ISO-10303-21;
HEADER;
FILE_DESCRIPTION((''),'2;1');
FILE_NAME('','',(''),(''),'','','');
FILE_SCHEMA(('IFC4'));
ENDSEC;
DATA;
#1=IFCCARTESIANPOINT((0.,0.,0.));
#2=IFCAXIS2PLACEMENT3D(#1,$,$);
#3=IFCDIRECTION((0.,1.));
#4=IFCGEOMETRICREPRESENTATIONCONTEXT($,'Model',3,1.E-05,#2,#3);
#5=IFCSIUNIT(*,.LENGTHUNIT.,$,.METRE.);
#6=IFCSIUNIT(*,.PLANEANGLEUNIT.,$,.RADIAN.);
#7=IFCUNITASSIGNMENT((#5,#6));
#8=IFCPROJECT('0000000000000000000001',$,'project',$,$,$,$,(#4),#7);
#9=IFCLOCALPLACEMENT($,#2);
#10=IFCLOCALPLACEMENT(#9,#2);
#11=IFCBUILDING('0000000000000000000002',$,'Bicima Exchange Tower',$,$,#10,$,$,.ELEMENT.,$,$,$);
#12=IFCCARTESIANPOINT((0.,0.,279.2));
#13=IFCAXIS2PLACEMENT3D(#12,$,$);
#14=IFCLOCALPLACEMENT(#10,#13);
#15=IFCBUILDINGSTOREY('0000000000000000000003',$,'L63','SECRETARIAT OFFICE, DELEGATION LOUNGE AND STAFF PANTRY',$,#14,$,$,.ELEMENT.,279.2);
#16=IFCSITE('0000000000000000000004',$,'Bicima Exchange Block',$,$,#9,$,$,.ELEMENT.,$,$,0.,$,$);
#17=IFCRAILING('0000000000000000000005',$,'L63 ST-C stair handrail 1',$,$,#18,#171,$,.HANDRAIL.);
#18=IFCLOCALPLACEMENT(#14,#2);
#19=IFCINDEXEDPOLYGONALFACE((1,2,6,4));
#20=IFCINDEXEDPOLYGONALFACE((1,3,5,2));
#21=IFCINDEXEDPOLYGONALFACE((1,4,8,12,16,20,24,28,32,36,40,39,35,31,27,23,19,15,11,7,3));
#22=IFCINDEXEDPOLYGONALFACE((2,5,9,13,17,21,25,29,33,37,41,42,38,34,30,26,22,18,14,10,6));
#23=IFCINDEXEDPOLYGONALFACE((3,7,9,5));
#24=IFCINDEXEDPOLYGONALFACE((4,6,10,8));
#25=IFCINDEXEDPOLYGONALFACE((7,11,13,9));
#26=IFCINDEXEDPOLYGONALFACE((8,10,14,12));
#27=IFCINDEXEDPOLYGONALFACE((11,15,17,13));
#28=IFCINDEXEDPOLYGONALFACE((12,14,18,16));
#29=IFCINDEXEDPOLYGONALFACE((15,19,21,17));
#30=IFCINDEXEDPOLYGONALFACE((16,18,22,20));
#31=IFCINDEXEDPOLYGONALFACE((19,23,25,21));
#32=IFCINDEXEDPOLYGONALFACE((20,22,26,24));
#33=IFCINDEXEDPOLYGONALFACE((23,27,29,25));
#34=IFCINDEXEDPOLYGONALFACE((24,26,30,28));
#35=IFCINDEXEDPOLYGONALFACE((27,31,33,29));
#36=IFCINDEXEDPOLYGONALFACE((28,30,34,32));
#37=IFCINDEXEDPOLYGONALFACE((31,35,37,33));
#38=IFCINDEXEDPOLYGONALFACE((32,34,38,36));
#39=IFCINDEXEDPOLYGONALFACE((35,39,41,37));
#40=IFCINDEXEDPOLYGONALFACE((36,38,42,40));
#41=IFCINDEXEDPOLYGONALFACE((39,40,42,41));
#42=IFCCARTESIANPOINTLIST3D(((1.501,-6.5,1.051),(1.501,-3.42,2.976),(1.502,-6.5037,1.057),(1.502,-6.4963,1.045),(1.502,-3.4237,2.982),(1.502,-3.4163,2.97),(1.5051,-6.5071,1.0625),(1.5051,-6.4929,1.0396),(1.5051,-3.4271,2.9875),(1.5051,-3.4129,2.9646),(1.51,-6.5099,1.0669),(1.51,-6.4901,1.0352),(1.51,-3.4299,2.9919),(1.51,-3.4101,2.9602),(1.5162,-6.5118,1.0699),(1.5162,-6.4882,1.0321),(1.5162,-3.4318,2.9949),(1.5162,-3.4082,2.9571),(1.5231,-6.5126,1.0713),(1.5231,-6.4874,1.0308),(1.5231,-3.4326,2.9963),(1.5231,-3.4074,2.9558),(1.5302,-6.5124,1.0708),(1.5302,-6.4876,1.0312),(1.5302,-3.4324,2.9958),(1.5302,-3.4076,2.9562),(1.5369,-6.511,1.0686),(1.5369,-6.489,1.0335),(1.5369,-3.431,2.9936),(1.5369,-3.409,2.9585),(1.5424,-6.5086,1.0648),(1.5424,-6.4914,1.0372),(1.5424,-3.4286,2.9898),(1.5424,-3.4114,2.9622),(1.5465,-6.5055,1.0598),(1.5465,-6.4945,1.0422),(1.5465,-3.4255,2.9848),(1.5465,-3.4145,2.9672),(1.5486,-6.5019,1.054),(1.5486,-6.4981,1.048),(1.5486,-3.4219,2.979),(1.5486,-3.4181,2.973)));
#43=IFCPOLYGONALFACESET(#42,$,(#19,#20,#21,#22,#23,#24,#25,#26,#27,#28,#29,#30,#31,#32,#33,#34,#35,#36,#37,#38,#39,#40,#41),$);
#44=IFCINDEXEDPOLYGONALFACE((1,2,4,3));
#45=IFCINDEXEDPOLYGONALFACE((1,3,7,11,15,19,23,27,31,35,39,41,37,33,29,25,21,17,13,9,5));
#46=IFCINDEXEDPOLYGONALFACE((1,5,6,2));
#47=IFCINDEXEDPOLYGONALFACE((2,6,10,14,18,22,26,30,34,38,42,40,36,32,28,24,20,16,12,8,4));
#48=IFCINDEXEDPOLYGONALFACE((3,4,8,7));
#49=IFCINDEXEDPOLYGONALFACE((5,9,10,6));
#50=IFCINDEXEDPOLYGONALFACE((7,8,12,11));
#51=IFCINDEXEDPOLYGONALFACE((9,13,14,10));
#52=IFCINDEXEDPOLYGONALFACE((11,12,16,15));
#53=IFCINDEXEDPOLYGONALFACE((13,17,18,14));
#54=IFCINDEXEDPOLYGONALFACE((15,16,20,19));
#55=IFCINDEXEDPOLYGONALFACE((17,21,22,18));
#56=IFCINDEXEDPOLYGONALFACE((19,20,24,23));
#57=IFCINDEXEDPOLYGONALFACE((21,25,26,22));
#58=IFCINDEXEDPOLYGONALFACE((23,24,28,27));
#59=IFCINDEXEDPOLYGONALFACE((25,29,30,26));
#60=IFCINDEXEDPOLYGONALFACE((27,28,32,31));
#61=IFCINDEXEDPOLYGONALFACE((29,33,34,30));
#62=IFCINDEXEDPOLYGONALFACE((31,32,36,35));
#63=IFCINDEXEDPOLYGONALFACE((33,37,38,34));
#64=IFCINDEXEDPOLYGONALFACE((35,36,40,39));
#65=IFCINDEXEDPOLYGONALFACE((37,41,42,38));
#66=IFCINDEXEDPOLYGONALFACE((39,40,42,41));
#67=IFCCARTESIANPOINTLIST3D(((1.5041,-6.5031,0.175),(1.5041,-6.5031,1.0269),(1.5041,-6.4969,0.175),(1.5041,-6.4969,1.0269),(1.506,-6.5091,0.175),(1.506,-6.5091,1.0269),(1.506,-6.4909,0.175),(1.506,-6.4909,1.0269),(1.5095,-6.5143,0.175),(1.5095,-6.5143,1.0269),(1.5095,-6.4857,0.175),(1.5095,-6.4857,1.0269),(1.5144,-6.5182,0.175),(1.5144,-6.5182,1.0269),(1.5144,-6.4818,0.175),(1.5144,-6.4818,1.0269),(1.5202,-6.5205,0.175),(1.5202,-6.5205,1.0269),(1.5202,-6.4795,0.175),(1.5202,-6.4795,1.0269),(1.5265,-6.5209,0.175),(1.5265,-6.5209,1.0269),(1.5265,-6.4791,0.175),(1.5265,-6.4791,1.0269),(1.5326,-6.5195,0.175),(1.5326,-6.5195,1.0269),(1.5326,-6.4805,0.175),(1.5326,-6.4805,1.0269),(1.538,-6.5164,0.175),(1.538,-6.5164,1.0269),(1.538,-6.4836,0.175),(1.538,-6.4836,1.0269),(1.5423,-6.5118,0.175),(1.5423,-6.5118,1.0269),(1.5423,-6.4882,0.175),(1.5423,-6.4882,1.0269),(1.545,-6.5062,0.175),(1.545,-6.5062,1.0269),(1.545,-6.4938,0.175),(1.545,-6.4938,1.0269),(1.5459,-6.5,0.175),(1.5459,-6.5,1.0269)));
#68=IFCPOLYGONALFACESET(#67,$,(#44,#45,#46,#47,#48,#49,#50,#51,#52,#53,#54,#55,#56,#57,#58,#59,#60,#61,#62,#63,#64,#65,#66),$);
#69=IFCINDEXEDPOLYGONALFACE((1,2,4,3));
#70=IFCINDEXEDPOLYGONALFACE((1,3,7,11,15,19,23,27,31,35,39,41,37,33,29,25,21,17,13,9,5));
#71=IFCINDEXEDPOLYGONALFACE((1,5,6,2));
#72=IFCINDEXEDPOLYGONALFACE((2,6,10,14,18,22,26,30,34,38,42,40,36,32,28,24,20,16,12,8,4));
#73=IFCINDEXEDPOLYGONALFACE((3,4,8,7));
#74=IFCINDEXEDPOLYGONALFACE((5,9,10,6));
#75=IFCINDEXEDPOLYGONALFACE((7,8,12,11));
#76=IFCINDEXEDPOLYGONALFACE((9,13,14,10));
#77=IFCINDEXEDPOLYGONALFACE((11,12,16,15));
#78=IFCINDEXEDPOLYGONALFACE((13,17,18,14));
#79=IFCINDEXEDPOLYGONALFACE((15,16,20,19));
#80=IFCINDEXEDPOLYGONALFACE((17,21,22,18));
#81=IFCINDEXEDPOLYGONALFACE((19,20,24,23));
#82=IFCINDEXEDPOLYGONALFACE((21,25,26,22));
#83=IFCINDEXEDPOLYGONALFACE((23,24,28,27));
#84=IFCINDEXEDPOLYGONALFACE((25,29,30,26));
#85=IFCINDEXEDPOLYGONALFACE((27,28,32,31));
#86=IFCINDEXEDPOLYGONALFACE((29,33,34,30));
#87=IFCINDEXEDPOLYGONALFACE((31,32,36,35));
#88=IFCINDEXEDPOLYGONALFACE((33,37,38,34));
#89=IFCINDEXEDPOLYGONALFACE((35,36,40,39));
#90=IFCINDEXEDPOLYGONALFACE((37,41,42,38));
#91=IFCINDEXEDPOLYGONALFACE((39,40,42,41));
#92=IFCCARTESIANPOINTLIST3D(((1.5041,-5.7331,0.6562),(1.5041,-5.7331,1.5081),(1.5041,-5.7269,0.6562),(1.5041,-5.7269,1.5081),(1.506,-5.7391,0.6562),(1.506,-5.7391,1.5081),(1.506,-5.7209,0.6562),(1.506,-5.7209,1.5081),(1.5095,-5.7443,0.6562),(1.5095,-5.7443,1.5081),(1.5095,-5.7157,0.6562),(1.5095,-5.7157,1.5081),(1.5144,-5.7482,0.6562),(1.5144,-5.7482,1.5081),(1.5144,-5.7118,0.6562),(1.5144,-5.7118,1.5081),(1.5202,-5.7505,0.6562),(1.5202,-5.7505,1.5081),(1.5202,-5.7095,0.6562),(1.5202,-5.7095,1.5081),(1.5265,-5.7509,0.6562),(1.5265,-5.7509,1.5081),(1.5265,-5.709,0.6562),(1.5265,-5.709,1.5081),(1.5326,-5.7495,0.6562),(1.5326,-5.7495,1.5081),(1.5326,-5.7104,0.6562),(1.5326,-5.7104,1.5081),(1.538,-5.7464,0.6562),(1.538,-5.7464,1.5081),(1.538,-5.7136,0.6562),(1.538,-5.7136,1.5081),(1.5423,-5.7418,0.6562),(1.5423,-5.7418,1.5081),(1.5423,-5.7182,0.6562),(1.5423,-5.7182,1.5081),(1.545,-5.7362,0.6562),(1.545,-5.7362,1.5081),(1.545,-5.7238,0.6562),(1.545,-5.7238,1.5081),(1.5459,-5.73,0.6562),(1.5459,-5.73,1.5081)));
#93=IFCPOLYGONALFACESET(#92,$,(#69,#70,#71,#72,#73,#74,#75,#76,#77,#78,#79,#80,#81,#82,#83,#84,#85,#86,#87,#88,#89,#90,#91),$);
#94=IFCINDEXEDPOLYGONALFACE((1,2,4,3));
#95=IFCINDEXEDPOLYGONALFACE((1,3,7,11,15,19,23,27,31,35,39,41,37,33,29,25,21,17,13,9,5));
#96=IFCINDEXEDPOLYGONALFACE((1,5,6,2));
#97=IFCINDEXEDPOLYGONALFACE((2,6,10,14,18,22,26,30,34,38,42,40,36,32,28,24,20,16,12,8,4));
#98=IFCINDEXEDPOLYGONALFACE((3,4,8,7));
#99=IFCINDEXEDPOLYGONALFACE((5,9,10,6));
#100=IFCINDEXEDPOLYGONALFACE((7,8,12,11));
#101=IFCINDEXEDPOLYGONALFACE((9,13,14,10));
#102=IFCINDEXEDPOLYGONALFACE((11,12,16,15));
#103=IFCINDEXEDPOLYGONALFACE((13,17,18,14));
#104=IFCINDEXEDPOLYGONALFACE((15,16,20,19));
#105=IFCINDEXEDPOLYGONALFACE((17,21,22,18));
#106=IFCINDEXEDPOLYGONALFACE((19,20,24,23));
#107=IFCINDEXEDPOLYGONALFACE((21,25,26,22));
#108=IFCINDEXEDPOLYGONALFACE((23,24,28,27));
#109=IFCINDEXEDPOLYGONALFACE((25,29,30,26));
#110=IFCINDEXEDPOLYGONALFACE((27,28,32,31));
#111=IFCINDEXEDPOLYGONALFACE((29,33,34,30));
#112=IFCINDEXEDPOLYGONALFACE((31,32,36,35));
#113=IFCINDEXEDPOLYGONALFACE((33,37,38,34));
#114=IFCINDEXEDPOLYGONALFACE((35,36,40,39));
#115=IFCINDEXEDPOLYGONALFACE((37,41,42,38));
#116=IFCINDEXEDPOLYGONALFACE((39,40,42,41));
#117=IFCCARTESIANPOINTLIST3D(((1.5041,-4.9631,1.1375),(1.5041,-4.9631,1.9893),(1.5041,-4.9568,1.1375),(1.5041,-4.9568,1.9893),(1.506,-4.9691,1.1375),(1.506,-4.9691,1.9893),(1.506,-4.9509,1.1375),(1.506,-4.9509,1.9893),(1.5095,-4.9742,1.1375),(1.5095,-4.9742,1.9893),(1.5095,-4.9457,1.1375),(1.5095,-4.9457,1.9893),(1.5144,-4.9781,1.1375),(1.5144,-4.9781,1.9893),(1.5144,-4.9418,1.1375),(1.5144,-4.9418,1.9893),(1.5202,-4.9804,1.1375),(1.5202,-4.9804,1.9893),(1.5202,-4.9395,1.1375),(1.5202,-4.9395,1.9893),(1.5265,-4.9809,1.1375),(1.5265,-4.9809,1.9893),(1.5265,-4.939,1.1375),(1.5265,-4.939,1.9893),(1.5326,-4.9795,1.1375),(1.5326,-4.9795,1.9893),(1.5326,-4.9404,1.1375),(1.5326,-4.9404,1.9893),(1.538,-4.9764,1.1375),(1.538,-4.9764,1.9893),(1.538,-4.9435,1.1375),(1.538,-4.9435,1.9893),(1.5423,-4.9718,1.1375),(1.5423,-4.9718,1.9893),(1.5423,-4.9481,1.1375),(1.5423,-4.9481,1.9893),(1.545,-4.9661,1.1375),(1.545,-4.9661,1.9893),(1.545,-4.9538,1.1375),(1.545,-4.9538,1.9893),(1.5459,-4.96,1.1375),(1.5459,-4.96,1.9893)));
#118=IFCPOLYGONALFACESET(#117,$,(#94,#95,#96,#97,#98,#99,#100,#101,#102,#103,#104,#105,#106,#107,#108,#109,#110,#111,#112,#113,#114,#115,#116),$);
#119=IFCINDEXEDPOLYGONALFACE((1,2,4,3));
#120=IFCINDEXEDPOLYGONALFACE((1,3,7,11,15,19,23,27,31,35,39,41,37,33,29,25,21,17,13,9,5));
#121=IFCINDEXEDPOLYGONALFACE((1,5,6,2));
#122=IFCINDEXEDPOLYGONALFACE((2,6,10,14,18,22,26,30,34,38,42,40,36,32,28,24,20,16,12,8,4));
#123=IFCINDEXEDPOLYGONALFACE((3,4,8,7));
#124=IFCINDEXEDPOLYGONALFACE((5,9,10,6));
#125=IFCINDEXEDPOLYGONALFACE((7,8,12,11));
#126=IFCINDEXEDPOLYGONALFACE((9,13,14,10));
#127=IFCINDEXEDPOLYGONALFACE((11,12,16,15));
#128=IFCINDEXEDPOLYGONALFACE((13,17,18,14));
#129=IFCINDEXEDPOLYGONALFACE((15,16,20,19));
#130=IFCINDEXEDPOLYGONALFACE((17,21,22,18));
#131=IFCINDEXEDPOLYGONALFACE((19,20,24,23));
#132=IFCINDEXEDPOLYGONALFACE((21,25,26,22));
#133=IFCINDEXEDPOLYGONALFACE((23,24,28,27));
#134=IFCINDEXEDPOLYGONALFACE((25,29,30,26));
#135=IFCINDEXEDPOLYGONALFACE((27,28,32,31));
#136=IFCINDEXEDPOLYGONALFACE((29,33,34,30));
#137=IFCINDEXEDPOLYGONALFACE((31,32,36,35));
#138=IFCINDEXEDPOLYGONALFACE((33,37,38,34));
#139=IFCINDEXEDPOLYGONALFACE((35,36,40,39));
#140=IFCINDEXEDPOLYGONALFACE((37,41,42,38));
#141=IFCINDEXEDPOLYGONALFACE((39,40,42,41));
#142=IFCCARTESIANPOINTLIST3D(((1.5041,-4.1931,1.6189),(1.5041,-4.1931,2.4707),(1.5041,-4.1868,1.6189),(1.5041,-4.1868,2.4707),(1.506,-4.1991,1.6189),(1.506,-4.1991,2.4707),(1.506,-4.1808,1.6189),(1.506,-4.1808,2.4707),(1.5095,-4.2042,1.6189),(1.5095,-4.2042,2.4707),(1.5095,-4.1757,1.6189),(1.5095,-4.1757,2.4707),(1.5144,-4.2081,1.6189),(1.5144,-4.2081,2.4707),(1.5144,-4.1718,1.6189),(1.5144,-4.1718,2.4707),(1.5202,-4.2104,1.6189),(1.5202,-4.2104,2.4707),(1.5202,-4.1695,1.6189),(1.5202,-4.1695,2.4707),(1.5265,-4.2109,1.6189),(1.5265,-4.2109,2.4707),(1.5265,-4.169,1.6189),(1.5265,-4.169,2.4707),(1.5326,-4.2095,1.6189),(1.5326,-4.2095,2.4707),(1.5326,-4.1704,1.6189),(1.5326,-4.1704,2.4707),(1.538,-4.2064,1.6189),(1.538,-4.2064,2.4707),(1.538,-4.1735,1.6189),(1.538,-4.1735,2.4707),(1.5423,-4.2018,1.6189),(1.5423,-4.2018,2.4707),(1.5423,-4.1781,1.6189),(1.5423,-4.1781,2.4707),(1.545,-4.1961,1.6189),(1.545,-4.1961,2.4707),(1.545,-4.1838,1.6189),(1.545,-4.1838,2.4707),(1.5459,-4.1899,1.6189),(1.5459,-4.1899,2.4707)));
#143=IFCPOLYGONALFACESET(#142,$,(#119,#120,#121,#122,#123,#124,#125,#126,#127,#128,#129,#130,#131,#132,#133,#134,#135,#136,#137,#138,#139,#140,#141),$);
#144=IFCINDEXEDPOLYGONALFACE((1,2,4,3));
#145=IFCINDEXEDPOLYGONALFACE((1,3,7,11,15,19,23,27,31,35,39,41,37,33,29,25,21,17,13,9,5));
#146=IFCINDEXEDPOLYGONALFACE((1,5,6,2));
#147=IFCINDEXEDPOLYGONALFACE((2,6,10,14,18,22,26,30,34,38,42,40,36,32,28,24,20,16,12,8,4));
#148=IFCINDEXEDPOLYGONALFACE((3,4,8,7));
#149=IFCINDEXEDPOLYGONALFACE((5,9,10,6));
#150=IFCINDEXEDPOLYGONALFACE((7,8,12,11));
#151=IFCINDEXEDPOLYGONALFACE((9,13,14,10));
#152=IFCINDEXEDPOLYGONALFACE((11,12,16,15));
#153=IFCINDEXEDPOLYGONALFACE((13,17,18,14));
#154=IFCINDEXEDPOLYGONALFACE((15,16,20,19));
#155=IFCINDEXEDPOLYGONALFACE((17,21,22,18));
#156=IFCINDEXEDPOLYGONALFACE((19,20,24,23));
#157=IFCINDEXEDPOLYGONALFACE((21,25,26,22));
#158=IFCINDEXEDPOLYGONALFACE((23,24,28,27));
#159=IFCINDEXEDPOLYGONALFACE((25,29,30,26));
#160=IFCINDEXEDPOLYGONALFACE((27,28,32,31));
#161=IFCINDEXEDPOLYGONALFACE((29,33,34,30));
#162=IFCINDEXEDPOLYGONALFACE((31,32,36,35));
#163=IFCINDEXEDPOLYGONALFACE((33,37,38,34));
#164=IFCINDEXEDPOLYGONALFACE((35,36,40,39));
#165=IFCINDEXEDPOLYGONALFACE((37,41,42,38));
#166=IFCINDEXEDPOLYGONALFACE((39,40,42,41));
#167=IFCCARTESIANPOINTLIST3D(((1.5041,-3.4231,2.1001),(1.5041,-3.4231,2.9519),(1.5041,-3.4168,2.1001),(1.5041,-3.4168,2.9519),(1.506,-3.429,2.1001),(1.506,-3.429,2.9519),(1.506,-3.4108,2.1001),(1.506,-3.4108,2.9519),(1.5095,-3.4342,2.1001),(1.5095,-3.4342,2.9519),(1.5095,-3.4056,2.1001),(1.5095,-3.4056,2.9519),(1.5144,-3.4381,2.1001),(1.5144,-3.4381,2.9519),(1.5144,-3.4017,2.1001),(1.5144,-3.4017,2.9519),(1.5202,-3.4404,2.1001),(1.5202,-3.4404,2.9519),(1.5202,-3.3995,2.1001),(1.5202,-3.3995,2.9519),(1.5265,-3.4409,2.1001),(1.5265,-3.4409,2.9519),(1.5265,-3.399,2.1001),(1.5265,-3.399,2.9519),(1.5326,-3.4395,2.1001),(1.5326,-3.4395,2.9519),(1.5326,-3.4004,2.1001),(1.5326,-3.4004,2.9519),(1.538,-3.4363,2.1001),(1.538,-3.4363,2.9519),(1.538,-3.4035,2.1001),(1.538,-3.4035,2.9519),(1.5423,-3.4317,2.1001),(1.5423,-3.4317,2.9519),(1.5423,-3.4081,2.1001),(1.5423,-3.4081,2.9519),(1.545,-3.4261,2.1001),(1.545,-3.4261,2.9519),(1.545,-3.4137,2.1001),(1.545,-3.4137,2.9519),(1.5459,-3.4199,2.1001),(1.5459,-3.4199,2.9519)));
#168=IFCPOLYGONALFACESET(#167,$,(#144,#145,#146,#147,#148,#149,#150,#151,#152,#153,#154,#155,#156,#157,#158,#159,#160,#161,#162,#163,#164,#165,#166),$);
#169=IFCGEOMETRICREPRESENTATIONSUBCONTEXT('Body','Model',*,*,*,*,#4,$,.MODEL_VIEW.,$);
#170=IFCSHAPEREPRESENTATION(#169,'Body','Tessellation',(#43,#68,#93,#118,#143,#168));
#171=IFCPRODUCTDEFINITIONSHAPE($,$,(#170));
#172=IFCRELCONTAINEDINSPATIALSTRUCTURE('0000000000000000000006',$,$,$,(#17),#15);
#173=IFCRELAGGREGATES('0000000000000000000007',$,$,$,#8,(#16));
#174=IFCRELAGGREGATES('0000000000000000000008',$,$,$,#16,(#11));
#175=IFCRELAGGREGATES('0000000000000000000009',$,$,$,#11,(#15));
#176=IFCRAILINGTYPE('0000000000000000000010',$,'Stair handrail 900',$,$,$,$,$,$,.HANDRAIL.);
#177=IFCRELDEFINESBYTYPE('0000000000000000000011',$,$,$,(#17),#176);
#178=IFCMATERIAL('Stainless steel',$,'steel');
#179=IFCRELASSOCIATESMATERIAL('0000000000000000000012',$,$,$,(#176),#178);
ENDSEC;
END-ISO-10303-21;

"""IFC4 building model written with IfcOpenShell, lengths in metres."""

from ifc_helpers import new_model, si_unit, direction, frame, origin, origin_2d, place, context, subcontext, project, spatial, circle, extrude, material, type_object, element, save


model = new_model("IFC4")

# Units and contexts
model_context = context("Model", 3, precision=1e-05, world=origin(), true_north=direction((0.0, 1.0)))
body_context = subcontext(model_context, "Body", "Model", "MODEL_VIEW")
ifc_project = project(units=[si_unit("LENGTHUNIT", "METRE"), si_unit("PLANEANGLEUNIT", "RADIAN")], contexts=[model_context])

# Site, building, storey
site_placement = place(None, origin())
site = spatial("IfcSite", under=ifc_project, at=site_placement, Name="Bicima Exchange Block", CompositionType="ELEMENT", RefElevation=0.0)
building_placement = place(site_placement, origin())
building = spatial("IfcBuilding", under=site, at=building_placement, Name="Bicima Exchange Tower", CompositionType="ELEMENT")
storey_placement = place(building_placement, frame((0.0, 0.0, 279.2)))
storey = spatial("IfcBuildingStorey", under=building, at=storey_placement, Name="L63", Description="SECRETARIAT OFFICE, DELEGATION LOUNGE AND STAFF PANTRY", CompositionType="ELEMENT", Elevation=279.2)

# Shared definitions
ifc_material_1 = material(Name="Stainless steel", Category="steel")

# Railing
railing_type_1 = type_object("IfcRailingType", Name="Stair handrail 900", PredefinedType="HANDRAIL", material=ifc_material_1)
railing_1_placement = place(storey_placement, frame((1.5249, -6.5, 0.175)))
element("IfcRailing", 1, at=railing_1_placement, inside=storey, type_object=railing_type_1, Name="L63 ST-C stair handrail 1", PredefinedType="HANDRAIL", context=body_context, shape_type="SweptSolid", body=[
    extrude(circle(Radius=0.0239, at=origin_2d()), frame((0.0, 0.0, 0.876), z_axis=(0.0, 0.847998, 0.529999), x_axis=(-1.0, 0.0, 0.0)), (0.0, 0.0, 1.0), 3.6321),
    extrude(circle(Radius=0.021, at=origin_2d()), origin(), (0.0, 0.0, 1.0), 0.8518),
    extrude(circle(Radius=0.021, at=origin_2d()), frame((0.0, 0.77, 0.4812)), (0.0, 0.0, 1.0), 0.8518),
    extrude(circle(Radius=0.021, at=origin_2d()), frame((0.0, 1.54, 0.9624)), (0.0, 0.0, 1.0), 0.8518),
    extrude(circle(Radius=0.021, at=origin_2d()), frame((0.0, 2.3101, 1.4438)), (0.0, 0.0, 1.0), 0.8518),
    extrude(circle(Radius=0.021, at=origin_2d()), frame((0.0, 3.0801, 1.925)), (0.0, 0.0, 1.0), 0.8518),
])

save(model, "model.ifc")
